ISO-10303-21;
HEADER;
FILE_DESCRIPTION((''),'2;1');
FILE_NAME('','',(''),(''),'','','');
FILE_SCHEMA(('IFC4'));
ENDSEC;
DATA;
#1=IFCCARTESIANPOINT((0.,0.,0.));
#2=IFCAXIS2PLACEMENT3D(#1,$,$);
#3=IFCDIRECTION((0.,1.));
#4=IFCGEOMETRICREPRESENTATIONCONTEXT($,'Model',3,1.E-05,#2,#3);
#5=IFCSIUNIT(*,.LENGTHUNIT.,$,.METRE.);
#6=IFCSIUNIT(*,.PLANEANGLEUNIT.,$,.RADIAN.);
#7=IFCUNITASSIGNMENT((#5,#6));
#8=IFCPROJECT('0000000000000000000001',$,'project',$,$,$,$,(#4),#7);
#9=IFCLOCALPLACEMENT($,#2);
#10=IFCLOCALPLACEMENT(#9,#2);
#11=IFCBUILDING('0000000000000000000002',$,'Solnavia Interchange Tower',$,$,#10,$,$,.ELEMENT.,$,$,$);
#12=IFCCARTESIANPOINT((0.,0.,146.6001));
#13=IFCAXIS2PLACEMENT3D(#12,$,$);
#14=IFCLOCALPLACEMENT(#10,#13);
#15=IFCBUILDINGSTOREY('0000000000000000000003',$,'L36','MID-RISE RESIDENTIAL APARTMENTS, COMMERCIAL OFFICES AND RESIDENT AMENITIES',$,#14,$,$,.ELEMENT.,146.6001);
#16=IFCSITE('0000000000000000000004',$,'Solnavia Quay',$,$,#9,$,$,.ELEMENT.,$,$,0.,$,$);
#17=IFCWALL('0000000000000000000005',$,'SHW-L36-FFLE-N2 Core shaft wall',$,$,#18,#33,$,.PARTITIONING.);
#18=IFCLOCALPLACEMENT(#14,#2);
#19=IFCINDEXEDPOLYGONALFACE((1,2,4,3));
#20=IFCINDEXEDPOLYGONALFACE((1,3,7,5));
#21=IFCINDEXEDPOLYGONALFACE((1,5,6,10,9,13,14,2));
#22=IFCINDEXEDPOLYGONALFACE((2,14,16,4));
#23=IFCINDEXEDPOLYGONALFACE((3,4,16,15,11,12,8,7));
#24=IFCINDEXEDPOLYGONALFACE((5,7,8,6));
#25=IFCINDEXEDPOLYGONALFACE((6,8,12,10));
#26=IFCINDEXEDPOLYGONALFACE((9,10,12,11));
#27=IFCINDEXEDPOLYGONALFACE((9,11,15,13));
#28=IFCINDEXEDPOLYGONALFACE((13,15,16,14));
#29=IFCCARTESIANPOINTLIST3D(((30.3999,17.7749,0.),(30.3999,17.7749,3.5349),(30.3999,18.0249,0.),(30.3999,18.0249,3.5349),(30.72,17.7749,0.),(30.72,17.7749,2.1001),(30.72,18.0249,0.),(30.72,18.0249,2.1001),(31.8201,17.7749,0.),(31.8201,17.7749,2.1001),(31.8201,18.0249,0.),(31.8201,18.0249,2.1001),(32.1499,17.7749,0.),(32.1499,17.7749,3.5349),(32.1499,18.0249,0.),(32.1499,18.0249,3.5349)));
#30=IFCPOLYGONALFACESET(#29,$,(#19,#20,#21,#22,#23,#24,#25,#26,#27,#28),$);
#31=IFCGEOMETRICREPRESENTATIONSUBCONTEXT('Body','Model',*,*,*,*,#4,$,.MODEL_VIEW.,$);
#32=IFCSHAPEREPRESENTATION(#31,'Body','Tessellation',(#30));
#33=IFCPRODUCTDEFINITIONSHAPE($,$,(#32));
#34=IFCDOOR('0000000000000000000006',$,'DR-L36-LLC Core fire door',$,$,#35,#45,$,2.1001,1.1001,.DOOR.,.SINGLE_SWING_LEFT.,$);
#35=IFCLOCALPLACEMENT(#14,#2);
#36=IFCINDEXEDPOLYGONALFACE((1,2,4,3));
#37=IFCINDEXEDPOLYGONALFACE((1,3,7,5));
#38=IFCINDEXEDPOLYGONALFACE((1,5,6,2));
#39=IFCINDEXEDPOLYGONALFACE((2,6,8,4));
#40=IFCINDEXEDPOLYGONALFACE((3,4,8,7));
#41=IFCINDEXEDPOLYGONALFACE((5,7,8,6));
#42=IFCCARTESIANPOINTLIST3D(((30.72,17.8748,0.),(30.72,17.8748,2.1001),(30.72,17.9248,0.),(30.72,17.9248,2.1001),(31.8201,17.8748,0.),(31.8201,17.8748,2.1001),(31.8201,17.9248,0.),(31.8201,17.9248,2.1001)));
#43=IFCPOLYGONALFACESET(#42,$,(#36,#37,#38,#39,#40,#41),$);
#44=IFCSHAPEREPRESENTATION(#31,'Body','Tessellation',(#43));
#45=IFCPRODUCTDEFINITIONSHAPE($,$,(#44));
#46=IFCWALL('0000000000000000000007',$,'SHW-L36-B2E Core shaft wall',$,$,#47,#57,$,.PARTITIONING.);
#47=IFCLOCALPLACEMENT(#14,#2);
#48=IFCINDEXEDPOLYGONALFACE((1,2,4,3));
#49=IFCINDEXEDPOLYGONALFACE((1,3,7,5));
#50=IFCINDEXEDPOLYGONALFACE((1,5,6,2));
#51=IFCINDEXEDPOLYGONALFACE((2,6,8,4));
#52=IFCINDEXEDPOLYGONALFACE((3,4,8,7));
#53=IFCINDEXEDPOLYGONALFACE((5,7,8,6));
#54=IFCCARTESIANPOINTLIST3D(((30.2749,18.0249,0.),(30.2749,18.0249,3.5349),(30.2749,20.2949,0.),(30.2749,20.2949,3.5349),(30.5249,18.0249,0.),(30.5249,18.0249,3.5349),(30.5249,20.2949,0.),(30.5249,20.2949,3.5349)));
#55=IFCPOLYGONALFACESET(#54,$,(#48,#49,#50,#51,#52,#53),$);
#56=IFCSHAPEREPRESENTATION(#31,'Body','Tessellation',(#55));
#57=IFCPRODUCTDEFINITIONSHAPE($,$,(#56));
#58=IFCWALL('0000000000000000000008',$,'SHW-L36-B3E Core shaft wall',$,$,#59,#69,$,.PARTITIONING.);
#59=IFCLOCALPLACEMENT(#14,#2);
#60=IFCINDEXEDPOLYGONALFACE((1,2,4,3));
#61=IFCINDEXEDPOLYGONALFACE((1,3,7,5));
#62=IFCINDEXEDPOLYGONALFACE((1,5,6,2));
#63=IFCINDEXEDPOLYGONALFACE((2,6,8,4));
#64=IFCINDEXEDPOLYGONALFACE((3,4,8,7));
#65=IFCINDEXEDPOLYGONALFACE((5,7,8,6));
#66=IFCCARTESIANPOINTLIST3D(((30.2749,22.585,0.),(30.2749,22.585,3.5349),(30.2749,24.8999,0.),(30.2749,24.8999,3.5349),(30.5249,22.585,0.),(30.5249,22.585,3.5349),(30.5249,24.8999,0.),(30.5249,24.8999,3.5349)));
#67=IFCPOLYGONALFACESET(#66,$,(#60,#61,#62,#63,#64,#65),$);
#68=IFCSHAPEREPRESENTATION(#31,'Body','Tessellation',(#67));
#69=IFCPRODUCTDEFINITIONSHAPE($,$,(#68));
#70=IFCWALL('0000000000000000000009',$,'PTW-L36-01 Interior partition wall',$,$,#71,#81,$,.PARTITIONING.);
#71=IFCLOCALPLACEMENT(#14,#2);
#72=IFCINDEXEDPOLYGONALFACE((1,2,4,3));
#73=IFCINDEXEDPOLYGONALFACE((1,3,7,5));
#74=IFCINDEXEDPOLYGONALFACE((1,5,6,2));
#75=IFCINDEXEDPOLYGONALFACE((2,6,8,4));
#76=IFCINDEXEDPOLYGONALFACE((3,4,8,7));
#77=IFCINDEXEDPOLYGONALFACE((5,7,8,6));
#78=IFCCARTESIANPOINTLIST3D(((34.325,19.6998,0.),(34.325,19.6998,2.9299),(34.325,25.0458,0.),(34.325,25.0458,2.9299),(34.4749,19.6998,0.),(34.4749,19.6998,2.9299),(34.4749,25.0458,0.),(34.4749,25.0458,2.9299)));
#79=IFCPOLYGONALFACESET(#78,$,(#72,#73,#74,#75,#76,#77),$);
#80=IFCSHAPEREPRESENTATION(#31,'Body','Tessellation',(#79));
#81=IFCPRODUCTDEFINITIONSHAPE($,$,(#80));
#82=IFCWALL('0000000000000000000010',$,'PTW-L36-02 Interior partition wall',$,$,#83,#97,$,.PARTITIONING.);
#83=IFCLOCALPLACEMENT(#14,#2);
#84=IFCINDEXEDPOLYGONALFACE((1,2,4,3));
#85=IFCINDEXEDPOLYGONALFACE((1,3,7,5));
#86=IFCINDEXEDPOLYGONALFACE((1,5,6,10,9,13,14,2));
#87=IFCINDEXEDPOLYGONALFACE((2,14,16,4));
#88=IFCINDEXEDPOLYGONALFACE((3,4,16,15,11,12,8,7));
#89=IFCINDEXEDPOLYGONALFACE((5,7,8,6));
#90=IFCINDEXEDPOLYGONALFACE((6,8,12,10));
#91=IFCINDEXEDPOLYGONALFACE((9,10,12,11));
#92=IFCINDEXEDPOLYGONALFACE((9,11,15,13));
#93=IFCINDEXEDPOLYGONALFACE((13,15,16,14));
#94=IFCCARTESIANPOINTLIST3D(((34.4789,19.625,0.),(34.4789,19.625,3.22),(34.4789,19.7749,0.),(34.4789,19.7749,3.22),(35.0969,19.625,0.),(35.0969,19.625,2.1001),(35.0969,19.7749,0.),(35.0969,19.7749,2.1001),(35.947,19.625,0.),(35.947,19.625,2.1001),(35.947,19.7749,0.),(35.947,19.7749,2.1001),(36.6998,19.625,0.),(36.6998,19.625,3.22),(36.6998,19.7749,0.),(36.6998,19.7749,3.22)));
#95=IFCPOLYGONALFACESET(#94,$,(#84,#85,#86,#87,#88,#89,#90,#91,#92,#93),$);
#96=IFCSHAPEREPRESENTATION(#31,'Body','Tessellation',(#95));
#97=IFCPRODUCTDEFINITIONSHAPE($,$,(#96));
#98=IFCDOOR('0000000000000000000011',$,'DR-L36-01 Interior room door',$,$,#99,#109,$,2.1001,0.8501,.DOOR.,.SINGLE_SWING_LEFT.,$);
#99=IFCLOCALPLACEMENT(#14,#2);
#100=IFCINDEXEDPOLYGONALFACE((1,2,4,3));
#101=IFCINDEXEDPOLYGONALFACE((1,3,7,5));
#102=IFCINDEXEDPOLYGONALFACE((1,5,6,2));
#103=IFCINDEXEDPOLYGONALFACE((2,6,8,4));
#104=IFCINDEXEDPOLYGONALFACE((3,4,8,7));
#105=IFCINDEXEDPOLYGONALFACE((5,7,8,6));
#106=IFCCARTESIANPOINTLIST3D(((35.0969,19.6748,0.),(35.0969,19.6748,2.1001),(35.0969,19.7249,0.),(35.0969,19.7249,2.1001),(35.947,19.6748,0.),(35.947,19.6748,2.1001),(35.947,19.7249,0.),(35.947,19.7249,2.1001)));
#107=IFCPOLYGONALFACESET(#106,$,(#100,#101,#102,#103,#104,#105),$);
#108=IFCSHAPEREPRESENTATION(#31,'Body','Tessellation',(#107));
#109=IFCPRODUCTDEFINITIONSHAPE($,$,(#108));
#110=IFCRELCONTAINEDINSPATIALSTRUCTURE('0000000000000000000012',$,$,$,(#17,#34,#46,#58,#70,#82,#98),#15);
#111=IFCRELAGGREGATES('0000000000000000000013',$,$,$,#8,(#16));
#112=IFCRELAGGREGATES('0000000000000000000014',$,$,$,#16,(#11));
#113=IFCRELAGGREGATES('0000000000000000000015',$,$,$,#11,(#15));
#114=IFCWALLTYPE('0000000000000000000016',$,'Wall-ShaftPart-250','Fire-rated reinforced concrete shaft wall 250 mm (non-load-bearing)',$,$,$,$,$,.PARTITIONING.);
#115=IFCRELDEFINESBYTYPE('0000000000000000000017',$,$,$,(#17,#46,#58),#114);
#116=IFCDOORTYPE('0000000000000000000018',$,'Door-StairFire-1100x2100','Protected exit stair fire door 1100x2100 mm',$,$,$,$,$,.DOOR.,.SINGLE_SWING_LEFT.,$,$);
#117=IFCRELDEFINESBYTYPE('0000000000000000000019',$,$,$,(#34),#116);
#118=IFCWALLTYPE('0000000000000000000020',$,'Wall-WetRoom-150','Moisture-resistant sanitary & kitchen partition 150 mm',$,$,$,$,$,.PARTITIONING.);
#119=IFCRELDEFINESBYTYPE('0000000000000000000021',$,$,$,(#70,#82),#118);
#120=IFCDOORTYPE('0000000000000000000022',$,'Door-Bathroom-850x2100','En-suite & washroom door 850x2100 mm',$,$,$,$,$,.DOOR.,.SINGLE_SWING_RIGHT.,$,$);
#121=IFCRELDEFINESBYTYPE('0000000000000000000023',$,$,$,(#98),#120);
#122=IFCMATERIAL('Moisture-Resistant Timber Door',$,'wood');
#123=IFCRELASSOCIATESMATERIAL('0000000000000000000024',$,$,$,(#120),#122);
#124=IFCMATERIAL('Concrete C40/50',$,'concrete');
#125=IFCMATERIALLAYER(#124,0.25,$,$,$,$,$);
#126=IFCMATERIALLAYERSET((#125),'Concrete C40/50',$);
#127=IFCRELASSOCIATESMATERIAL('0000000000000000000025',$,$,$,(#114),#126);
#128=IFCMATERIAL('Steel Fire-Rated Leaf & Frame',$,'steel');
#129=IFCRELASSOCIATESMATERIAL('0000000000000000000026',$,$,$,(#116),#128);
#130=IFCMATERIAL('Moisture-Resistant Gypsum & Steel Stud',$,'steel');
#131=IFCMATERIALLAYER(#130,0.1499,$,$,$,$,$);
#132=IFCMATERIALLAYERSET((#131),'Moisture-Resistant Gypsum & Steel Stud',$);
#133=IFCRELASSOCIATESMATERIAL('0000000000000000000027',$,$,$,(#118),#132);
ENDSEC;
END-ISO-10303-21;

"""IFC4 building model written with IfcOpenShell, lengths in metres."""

from ifc_helpers import new_model, si_unit, direction, frame, frame_2d, origin, place, context, subcontext, project, spatial, rectangle, extrude, material, layer, layer_set, type_object, element, fill, save


model = new_model("IFC4")

# Units and contexts
model_context = context("Model", 3, precision=1e-05, world=origin(), true_north=direction((0.0, 1.0)))
body_context = subcontext(model_context, "Body", "Model", "MODEL_VIEW")
ifc_project = project(units=[si_unit("LENGTHUNIT", "METRE"), si_unit("PLANEANGLEUNIT", "RADIAN")], contexts=[model_context])

# Site, building, storey
site_placement = place(None, origin())
site = spatial("IfcSite", under=ifc_project, at=site_placement, Name="Solnavia Quay", CompositionType="ELEMENT", RefElevation=0.0)
building_placement = place(site_placement, origin())
building = spatial("IfcBuilding", under=site, at=building_placement, Name="Solnavia Interchange Tower", CompositionType="ELEMENT")
storey_placement = place(building_placement, frame((0.0, 0.0, 146.6001)))
storey = spatial("IfcBuildingStorey", under=building, at=storey_placement, Name="L36", Description="MID-RISE RESIDENTIAL APARTMENTS, COMMERCIAL OFFICES AND RESIDENT AMENITIES", CompositionType="ELEMENT", Elevation=146.6001)

# Shared definitions
ifc_material_1 = material(Name="Concrete C40/50", Category="concrete")

# Wall, opening, door
ifc_material_2 = material(Name="Moisture-Resistant Timber Door", Category="wood")
door_type_1 = type_object("IfcDoorType", Name="Door-Bathroom-850x2100", Description="En-suite & washroom door 850x2100 mm", OperationType="SINGLE_SWING_RIGHT", PredefinedType="DOOR", material=ifc_material_2)
ifc_layer_1 = layer(ifc_material_1, 0.25)
ifc_layer_set_1 = layer_set([ifc_layer_1], Name="Concrete C40/50")
wall_type_1 = type_object("IfcWallType", Name="Wall-ShaftPart-250", Description="Fire-rated reinforced concrete shaft wall 250 mm (non-load-bearing)", PredefinedType="PARTITIONING", material=ifc_layer_set_1)
wall_1_placement = place(storey_placement, frame((30.3999, 17.8999, 0.0), z_axis=(0.0, 0.0, 1.0), x_axis=(1.0, 0.0, 0.0)))
wall_1 = element("IfcWall", 1, at=wall_1_placement, inside=storey, type_object=wall_type_1, Name="SHW-L36-FFLE-N2 Core shaft wall", PredefinedType="PARTITIONING", context=body_context, shape_type="SweptSolid", body=[
    extrude(rectangle(XDim=1.75, YDim=0.25, at=frame_2d((0.875, 0.0))), origin(), (0.0, 0.0, 1.0), 3.5349),
])
opening_1_placement = place(wall_1_placement, frame((0.3201, 0.0, 0.0)))
opening_1 = element("IfcOpeningElement", 2, at=opening_1_placement, cuts=wall_1, PredefinedType="OPENING", context=body_context, shape_type="SweptSolid", body=[
    extrude(rectangle(XDim=1.1001, YDim=2.1001, at=frame_2d((0.55, 1.05))), frame((0.0, 0.135, 0.0), z_axis=(0.0, -1.0, 0.0), x_axis=(1.0, 0.0, 0.0)), (0.0, 0.0, 1.0), 0.27),
])
ifc_material_3 = material(Name="Steel Fire-Rated Leaf & Frame", Category="steel")
door_type_2 = type_object("IfcDoorType", Name="Door-StairFire-1100x2100", Description="Protected exit stair fire door 1100x2100 mm", OperationType="SINGLE_SWING_LEFT", PredefinedType="DOOR", material=ifc_material_3)
door_1_placement = place(opening_1_placement, origin())
door_1 = element("IfcDoor", 3, at=door_1_placement, inside=storey, type_object=door_type_2, Name="DR-L36-LLC Core fire door", OperationType="SINGLE_SWING_LEFT", OverallHeight=2.1001, OverallWidth=1.1001, PredefinedType="DOOR", context=body_context, shape_type="SweptSolid", body=[
    extrude(rectangle(XDim=1.1001, YDim=2.1001, at=frame_2d((0.55, 1.05))), frame((0.0, 0.0249, 0.0), z_axis=(0.0, -1.0, 0.0), x_axis=(1.0, 0.0, 0.0)), (0.0, 0.0, 1.0), 0.05),
])
fill(opening_1, door_1)

# Walls
wall_2_placement = place(storey_placement, frame((30.3999, 18.0249, 0.0), z_axis=(0.0, 0.0, 1.0), x_axis=(0.0, 1.0, 0.0)))
element("IfcWall", 4, at=wall_2_placement, inside=storey, type_object=wall_type_1, Name="SHW-L36-B2E Core shaft wall", PredefinedType="PARTITIONING", context=body_context, shape_type="SweptSolid", body=[
    extrude(rectangle(XDim=2.27, YDim=0.25, at=frame_2d((1.135, 0.0))), origin(), (0.0, 0.0, 1.0), 3.5349),
])
wall_3_placement = place(storey_placement, frame((30.3999, 22.585, 0.0), z_axis=(0.0, 0.0, 1.0), x_axis=(0.0, 1.0, 0.0)))
element("IfcWall", 5, at=wall_3_placement, inside=storey, type_object=wall_type_1, Name="SHW-L36-B3E Core shaft wall", PredefinedType="PARTITIONING", context=body_context, shape_type="SweptSolid", body=[
    extrude(rectangle(XDim=2.3149, YDim=0.25, at=frame_2d((1.1575, 0.0))), origin(), (0.0, 0.0, 1.0), 3.5349),
])
ifc_material_4 = material(Name="Moisture-Resistant Gypsum & Steel Stud", Category="steel")
ifc_layer_2 = layer(ifc_material_4, 0.1499)
ifc_layer_set_2 = layer_set([ifc_layer_2], Name="Moisture-Resistant Gypsum & Steel Stud")
wall_type_2 = type_object("IfcWallType", Name="Wall-WetRoom-150", Description="Moisture-resistant sanitary & kitchen partition 150 mm", PredefinedType="PARTITIONING", material=ifc_layer_set_2)
wall_4_placement = place(storey_placement, frame((34.3999, 19.7, 0.0), z_axis=(0.0, 0.0, 1.0), x_axis=(0.0, 1.0, 0.0)))
element("IfcWall", 6, at=wall_4_placement, inside=storey, type_object=wall_type_2, Name="PTW-L36-01 Interior partition wall", PredefinedType="PARTITIONING", context=body_context, shape_type="SweptSolid", body=[
    extrude(rectangle(XDim=5.3459, YDim=0.1499, at=frame_2d((2.6729, 0.0))), origin(), (0.0, 0.0, 1.0), 2.9299),
])

# Wall, opening, door
wall_5_placement = place(storey_placement, frame((34.479, 19.7, 0.0), z_axis=(0.0, 0.0, 1.0), x_axis=(1.0, 0.0, 0.0)))
wall_5 = element("IfcWall", 7, at=wall_5_placement, inside=storey, type_object=wall_type_2, Name="PTW-L36-02 Interior partition wall", PredefinedType="PARTITIONING", context=body_context, shape_type="SweptSolid", body=[
    extrude(rectangle(XDim=2.2209, YDim=0.1499, at=frame_2d((1.1104, 0.0))), origin(), (0.0, 0.0, 1.0), 3.22),
])
opening_2_placement = place(wall_5_placement, frame((0.6179, 0.0, 0.0)))
opening_2 = element("IfcOpeningElement", 8, at=opening_2_placement, cuts=wall_5, PredefinedType="OPENING", context=body_context, shape_type="SweptSolid", body=[
    extrude(rectangle(XDim=0.8501, YDim=2.1001, at=frame_2d((0.425, 1.05))), frame((0.0, 0.085, 0.0), z_axis=(0.0, -1.0, 0.0), x_axis=(1.0, 0.0, 0.0)), (0.0, 0.0, 1.0), 0.1699),
])
door_2_placement = place(opening_2_placement, origin())
door_2 = element("IfcDoor", 9, at=door_2_placement, inside=storey, type_object=door_type_1, Name="DR-L36-01 Interior room door", OperationType="SINGLE_SWING_LEFT", OverallHeight=2.1001, OverallWidth=0.8501, PredefinedType="DOOR", context=body_context, shape_type="SweptSolid", body=[
    extrude(rectangle(XDim=0.8501, YDim=2.1001, at=frame_2d((0.425, 1.05))), frame((0.0, 0.0249, 0.0), z_axis=(0.0, -1.0, 0.0), x_axis=(1.0, 0.0, 0.0)), (0.0, 0.0, 1.0), 0.05),
])
fill(opening_2, door_2)

save(model, "model.ifc")
